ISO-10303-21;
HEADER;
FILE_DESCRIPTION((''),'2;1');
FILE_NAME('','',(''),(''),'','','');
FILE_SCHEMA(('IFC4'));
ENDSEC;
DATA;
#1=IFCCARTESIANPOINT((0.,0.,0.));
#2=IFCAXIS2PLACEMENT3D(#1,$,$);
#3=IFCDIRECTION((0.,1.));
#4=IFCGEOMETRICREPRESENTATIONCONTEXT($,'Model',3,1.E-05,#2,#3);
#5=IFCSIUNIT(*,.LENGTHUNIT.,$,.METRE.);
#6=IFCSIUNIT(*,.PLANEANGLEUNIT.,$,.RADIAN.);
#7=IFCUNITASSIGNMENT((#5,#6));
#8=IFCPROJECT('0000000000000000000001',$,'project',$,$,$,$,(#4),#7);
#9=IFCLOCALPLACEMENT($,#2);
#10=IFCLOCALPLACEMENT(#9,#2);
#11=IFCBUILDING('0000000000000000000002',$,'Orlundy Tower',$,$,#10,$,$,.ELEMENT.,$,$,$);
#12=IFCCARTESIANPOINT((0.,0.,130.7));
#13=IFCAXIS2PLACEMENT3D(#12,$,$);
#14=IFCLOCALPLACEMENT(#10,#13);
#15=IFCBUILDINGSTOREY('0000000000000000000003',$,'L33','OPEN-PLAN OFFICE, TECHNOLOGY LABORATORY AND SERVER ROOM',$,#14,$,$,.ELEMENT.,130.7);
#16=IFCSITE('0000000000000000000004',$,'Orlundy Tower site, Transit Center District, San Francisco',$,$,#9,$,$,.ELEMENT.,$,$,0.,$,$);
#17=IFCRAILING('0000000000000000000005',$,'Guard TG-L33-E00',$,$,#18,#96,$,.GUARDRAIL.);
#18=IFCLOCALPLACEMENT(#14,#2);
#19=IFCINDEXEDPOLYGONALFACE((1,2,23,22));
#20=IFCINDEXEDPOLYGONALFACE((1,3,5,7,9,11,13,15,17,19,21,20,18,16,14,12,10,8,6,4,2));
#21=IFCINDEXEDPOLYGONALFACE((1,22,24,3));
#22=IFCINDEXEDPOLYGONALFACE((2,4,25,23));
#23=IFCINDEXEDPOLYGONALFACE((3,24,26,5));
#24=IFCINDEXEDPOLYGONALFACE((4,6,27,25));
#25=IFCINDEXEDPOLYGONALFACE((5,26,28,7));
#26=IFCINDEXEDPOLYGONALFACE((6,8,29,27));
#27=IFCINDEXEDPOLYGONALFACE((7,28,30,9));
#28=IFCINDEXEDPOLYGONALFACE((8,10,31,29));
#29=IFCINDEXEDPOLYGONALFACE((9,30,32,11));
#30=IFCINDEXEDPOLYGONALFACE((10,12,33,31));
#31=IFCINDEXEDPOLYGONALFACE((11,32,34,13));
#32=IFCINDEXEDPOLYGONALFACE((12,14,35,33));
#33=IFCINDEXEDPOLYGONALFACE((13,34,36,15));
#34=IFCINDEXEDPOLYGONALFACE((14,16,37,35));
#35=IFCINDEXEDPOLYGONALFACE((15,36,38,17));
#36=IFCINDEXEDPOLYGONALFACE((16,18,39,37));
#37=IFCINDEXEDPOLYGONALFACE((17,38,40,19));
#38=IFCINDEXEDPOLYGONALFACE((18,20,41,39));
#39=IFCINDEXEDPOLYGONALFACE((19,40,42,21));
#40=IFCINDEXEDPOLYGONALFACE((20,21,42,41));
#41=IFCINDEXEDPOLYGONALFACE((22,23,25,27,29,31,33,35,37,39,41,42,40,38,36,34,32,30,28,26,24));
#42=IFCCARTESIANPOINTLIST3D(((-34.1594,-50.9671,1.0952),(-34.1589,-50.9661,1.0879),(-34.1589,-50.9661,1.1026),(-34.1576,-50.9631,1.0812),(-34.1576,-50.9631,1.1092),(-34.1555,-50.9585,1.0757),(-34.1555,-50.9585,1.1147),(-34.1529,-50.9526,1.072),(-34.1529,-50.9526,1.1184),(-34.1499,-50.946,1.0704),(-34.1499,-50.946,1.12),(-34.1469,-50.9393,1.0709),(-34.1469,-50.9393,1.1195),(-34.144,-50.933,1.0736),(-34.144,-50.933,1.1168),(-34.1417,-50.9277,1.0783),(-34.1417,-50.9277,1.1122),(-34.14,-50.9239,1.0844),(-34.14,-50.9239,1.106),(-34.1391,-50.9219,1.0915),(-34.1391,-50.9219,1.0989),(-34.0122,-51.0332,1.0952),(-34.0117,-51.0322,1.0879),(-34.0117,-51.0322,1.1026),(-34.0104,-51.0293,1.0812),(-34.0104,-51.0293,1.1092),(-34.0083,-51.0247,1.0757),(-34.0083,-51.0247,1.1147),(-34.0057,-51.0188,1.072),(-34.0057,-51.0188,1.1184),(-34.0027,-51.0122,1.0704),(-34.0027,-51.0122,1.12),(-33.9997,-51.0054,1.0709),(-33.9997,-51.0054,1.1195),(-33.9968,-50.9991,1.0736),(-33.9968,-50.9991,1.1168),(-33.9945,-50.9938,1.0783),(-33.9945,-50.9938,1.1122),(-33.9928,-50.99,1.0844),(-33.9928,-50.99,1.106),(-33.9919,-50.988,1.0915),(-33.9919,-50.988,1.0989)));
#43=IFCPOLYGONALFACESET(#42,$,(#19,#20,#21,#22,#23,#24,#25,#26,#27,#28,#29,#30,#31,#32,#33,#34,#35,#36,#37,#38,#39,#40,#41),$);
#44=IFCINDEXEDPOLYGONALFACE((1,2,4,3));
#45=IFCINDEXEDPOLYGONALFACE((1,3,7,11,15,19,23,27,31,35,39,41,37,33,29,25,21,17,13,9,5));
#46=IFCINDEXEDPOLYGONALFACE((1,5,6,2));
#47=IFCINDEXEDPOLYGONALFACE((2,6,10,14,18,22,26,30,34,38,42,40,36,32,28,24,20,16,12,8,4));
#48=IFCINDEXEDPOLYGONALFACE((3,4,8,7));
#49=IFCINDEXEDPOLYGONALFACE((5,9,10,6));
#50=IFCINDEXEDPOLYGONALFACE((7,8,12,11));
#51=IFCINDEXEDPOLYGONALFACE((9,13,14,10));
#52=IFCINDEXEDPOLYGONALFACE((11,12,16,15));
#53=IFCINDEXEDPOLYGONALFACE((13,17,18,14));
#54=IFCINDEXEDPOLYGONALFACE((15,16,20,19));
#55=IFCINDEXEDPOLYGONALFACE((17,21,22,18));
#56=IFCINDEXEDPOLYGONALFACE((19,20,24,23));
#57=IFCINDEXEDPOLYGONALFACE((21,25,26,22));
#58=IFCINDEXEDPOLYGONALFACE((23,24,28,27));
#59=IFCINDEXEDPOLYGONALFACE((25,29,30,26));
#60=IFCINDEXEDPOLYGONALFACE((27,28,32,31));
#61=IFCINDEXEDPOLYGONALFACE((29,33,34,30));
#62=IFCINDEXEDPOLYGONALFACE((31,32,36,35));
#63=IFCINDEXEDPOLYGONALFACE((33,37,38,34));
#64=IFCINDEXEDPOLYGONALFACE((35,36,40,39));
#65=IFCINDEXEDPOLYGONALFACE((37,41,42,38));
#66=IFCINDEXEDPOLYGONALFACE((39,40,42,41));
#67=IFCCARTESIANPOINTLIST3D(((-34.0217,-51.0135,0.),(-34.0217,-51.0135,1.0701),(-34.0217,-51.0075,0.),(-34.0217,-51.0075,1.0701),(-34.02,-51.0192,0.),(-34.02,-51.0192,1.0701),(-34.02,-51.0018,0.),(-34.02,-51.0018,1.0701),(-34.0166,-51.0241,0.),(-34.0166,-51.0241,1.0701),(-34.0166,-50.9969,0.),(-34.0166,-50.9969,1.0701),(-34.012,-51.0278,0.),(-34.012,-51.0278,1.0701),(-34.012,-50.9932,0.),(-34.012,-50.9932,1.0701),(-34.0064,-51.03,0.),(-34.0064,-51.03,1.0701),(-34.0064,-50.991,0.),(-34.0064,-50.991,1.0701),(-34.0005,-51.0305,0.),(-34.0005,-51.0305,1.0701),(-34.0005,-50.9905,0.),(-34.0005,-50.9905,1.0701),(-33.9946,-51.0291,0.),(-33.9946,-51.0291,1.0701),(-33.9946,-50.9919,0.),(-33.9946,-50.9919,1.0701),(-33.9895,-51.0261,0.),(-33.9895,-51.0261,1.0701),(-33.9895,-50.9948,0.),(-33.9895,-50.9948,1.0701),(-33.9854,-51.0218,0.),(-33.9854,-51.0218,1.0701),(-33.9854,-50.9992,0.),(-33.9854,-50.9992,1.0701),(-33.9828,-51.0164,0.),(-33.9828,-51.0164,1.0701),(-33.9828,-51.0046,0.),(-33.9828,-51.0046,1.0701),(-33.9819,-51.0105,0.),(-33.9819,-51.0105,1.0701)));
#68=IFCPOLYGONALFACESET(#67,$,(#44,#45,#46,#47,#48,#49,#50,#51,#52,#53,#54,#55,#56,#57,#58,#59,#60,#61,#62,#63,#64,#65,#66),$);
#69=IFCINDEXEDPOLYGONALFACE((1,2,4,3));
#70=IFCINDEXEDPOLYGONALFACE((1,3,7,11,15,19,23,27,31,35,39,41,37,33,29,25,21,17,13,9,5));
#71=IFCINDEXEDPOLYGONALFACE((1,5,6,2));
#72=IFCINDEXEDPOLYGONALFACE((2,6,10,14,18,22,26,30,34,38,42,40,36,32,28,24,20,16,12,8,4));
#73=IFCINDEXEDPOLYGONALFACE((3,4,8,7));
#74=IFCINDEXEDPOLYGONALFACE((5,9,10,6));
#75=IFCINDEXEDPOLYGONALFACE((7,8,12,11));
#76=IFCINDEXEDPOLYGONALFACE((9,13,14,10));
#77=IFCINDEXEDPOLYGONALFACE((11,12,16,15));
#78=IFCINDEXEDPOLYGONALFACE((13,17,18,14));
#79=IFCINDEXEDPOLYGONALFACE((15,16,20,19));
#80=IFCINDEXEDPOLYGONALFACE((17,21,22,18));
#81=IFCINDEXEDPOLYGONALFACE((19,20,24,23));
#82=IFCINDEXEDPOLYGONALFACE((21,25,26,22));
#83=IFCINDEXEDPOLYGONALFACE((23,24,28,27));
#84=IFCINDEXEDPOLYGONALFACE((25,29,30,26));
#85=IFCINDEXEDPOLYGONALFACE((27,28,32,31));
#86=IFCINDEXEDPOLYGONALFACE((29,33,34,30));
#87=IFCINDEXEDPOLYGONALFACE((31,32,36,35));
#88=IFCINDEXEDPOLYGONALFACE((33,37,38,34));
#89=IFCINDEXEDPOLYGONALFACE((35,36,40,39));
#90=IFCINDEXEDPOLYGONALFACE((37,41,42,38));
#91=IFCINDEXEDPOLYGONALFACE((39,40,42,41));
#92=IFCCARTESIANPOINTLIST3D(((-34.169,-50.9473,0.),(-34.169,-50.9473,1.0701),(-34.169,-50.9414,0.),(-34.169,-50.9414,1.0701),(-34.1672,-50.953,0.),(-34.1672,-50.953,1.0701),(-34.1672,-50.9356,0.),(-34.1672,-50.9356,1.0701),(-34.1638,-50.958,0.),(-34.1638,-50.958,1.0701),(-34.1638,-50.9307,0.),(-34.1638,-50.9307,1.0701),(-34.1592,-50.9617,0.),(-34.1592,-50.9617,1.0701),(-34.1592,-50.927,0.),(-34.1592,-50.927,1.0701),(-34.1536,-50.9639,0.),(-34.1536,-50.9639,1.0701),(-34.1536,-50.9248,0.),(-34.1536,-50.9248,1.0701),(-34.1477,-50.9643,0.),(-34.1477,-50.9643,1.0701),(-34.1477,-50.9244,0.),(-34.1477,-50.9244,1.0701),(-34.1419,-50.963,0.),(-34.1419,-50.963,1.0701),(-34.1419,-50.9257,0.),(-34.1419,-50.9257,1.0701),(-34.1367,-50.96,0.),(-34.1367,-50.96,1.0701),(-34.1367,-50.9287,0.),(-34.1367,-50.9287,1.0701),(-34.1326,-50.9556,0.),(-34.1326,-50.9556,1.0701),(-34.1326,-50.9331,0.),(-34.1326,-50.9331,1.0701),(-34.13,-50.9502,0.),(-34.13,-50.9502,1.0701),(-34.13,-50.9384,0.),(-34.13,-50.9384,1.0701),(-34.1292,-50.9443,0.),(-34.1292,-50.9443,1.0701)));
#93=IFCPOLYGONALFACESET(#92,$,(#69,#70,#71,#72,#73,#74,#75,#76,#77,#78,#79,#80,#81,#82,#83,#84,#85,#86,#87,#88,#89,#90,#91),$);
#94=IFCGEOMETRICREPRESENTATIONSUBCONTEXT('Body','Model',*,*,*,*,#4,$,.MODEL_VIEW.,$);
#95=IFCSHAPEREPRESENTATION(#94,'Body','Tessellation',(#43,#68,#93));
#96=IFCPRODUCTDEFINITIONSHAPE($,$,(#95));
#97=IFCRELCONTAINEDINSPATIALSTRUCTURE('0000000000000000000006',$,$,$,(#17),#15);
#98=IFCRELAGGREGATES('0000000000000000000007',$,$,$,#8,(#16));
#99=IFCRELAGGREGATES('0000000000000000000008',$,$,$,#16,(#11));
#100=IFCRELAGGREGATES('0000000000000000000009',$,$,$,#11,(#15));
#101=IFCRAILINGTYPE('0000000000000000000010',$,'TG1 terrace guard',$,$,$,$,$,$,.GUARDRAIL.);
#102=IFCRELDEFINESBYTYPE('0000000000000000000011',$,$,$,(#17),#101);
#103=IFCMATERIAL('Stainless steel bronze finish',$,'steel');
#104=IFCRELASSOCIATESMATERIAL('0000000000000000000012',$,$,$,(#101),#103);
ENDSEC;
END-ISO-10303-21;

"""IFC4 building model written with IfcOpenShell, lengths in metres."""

from ifc_helpers import new_model, si_unit, direction, frame, origin, origin_2d, place, context, subcontext, project, spatial, circle, extrude, material, type_object, element, save


model = new_model("IFC4")

# Units and contexts
model_context = context("Model", 3, precision=1e-05, world=origin(), true_north=direction((0.0, 1.0)))
body_context = subcontext(model_context, "Body", "Model", "MODEL_VIEW")
ifc_project = project(units=[si_unit("LENGTHUNIT", "METRE"), si_unit("PLANEANGLEUNIT", "RADIAN")], contexts=[model_context])

# Site, building, storey
site_placement = place(None, origin())
site = spatial("IfcSite", under=ifc_project, at=site_placement, Name="Orlundy Tower site, Transit Center District, San Francisco", CompositionType="ELEMENT", RefElevation=0.0)
building_placement = place(site_placement, origin())
building = spatial("IfcBuilding", under=site, at=building_placement, Name="Orlundy Tower", CompositionType="ELEMENT")
storey_placement = place(building_placement, frame((0.0, 0.0, 130.7)))
storey = spatial("IfcBuildingStorey", under=building, at=storey_placement, Name="L33", Description="OPEN-PLAN OFFICE, TECHNOLOGY LABORATORY AND SERVER ROOM", CompositionType="ELEMENT", Elevation=130.7)

# Railing
ifc_material_1 = material(Name="Stainless steel bronze finish", Category="steel")
railing_type = type_object("IfcRailingType", Name="TG1 terrace guard", PredefinedType="GUARDRAIL", material=ifc_material_1)
railing_placement = place(storey_placement, frame((-34.002, -51.0105, 0.0)))
element("IfcRailing", 1, at=railing_placement, inside=storey, type_object=railing_type, Name="Guard TG-L33-E00", PredefinedType="GUARDRAIL", context=body_context, shape_type="SweptSolid", body=[
    extrude(circle(Radius=0.0249, at=origin_2d()), frame((0.0, 0.0, 1.0952), z_axis=(-0.91212, 0.409924, 0.0), x_axis=(-0.409924, -0.91212, 0.0)), (0.0, 0.0, 1.0), 0.1614),
    extrude(circle(Radius=0.02, at=origin_2d()), origin(), (0.0, 0.0, 1.0), 1.0701),
    extrude(circle(Radius=0.02, at=origin_2d()), frame((-0.1472, 0.0662, 0.0)), (0.0, 0.0, 1.0), 1.0701),
])

save(model, "model.ifc")
